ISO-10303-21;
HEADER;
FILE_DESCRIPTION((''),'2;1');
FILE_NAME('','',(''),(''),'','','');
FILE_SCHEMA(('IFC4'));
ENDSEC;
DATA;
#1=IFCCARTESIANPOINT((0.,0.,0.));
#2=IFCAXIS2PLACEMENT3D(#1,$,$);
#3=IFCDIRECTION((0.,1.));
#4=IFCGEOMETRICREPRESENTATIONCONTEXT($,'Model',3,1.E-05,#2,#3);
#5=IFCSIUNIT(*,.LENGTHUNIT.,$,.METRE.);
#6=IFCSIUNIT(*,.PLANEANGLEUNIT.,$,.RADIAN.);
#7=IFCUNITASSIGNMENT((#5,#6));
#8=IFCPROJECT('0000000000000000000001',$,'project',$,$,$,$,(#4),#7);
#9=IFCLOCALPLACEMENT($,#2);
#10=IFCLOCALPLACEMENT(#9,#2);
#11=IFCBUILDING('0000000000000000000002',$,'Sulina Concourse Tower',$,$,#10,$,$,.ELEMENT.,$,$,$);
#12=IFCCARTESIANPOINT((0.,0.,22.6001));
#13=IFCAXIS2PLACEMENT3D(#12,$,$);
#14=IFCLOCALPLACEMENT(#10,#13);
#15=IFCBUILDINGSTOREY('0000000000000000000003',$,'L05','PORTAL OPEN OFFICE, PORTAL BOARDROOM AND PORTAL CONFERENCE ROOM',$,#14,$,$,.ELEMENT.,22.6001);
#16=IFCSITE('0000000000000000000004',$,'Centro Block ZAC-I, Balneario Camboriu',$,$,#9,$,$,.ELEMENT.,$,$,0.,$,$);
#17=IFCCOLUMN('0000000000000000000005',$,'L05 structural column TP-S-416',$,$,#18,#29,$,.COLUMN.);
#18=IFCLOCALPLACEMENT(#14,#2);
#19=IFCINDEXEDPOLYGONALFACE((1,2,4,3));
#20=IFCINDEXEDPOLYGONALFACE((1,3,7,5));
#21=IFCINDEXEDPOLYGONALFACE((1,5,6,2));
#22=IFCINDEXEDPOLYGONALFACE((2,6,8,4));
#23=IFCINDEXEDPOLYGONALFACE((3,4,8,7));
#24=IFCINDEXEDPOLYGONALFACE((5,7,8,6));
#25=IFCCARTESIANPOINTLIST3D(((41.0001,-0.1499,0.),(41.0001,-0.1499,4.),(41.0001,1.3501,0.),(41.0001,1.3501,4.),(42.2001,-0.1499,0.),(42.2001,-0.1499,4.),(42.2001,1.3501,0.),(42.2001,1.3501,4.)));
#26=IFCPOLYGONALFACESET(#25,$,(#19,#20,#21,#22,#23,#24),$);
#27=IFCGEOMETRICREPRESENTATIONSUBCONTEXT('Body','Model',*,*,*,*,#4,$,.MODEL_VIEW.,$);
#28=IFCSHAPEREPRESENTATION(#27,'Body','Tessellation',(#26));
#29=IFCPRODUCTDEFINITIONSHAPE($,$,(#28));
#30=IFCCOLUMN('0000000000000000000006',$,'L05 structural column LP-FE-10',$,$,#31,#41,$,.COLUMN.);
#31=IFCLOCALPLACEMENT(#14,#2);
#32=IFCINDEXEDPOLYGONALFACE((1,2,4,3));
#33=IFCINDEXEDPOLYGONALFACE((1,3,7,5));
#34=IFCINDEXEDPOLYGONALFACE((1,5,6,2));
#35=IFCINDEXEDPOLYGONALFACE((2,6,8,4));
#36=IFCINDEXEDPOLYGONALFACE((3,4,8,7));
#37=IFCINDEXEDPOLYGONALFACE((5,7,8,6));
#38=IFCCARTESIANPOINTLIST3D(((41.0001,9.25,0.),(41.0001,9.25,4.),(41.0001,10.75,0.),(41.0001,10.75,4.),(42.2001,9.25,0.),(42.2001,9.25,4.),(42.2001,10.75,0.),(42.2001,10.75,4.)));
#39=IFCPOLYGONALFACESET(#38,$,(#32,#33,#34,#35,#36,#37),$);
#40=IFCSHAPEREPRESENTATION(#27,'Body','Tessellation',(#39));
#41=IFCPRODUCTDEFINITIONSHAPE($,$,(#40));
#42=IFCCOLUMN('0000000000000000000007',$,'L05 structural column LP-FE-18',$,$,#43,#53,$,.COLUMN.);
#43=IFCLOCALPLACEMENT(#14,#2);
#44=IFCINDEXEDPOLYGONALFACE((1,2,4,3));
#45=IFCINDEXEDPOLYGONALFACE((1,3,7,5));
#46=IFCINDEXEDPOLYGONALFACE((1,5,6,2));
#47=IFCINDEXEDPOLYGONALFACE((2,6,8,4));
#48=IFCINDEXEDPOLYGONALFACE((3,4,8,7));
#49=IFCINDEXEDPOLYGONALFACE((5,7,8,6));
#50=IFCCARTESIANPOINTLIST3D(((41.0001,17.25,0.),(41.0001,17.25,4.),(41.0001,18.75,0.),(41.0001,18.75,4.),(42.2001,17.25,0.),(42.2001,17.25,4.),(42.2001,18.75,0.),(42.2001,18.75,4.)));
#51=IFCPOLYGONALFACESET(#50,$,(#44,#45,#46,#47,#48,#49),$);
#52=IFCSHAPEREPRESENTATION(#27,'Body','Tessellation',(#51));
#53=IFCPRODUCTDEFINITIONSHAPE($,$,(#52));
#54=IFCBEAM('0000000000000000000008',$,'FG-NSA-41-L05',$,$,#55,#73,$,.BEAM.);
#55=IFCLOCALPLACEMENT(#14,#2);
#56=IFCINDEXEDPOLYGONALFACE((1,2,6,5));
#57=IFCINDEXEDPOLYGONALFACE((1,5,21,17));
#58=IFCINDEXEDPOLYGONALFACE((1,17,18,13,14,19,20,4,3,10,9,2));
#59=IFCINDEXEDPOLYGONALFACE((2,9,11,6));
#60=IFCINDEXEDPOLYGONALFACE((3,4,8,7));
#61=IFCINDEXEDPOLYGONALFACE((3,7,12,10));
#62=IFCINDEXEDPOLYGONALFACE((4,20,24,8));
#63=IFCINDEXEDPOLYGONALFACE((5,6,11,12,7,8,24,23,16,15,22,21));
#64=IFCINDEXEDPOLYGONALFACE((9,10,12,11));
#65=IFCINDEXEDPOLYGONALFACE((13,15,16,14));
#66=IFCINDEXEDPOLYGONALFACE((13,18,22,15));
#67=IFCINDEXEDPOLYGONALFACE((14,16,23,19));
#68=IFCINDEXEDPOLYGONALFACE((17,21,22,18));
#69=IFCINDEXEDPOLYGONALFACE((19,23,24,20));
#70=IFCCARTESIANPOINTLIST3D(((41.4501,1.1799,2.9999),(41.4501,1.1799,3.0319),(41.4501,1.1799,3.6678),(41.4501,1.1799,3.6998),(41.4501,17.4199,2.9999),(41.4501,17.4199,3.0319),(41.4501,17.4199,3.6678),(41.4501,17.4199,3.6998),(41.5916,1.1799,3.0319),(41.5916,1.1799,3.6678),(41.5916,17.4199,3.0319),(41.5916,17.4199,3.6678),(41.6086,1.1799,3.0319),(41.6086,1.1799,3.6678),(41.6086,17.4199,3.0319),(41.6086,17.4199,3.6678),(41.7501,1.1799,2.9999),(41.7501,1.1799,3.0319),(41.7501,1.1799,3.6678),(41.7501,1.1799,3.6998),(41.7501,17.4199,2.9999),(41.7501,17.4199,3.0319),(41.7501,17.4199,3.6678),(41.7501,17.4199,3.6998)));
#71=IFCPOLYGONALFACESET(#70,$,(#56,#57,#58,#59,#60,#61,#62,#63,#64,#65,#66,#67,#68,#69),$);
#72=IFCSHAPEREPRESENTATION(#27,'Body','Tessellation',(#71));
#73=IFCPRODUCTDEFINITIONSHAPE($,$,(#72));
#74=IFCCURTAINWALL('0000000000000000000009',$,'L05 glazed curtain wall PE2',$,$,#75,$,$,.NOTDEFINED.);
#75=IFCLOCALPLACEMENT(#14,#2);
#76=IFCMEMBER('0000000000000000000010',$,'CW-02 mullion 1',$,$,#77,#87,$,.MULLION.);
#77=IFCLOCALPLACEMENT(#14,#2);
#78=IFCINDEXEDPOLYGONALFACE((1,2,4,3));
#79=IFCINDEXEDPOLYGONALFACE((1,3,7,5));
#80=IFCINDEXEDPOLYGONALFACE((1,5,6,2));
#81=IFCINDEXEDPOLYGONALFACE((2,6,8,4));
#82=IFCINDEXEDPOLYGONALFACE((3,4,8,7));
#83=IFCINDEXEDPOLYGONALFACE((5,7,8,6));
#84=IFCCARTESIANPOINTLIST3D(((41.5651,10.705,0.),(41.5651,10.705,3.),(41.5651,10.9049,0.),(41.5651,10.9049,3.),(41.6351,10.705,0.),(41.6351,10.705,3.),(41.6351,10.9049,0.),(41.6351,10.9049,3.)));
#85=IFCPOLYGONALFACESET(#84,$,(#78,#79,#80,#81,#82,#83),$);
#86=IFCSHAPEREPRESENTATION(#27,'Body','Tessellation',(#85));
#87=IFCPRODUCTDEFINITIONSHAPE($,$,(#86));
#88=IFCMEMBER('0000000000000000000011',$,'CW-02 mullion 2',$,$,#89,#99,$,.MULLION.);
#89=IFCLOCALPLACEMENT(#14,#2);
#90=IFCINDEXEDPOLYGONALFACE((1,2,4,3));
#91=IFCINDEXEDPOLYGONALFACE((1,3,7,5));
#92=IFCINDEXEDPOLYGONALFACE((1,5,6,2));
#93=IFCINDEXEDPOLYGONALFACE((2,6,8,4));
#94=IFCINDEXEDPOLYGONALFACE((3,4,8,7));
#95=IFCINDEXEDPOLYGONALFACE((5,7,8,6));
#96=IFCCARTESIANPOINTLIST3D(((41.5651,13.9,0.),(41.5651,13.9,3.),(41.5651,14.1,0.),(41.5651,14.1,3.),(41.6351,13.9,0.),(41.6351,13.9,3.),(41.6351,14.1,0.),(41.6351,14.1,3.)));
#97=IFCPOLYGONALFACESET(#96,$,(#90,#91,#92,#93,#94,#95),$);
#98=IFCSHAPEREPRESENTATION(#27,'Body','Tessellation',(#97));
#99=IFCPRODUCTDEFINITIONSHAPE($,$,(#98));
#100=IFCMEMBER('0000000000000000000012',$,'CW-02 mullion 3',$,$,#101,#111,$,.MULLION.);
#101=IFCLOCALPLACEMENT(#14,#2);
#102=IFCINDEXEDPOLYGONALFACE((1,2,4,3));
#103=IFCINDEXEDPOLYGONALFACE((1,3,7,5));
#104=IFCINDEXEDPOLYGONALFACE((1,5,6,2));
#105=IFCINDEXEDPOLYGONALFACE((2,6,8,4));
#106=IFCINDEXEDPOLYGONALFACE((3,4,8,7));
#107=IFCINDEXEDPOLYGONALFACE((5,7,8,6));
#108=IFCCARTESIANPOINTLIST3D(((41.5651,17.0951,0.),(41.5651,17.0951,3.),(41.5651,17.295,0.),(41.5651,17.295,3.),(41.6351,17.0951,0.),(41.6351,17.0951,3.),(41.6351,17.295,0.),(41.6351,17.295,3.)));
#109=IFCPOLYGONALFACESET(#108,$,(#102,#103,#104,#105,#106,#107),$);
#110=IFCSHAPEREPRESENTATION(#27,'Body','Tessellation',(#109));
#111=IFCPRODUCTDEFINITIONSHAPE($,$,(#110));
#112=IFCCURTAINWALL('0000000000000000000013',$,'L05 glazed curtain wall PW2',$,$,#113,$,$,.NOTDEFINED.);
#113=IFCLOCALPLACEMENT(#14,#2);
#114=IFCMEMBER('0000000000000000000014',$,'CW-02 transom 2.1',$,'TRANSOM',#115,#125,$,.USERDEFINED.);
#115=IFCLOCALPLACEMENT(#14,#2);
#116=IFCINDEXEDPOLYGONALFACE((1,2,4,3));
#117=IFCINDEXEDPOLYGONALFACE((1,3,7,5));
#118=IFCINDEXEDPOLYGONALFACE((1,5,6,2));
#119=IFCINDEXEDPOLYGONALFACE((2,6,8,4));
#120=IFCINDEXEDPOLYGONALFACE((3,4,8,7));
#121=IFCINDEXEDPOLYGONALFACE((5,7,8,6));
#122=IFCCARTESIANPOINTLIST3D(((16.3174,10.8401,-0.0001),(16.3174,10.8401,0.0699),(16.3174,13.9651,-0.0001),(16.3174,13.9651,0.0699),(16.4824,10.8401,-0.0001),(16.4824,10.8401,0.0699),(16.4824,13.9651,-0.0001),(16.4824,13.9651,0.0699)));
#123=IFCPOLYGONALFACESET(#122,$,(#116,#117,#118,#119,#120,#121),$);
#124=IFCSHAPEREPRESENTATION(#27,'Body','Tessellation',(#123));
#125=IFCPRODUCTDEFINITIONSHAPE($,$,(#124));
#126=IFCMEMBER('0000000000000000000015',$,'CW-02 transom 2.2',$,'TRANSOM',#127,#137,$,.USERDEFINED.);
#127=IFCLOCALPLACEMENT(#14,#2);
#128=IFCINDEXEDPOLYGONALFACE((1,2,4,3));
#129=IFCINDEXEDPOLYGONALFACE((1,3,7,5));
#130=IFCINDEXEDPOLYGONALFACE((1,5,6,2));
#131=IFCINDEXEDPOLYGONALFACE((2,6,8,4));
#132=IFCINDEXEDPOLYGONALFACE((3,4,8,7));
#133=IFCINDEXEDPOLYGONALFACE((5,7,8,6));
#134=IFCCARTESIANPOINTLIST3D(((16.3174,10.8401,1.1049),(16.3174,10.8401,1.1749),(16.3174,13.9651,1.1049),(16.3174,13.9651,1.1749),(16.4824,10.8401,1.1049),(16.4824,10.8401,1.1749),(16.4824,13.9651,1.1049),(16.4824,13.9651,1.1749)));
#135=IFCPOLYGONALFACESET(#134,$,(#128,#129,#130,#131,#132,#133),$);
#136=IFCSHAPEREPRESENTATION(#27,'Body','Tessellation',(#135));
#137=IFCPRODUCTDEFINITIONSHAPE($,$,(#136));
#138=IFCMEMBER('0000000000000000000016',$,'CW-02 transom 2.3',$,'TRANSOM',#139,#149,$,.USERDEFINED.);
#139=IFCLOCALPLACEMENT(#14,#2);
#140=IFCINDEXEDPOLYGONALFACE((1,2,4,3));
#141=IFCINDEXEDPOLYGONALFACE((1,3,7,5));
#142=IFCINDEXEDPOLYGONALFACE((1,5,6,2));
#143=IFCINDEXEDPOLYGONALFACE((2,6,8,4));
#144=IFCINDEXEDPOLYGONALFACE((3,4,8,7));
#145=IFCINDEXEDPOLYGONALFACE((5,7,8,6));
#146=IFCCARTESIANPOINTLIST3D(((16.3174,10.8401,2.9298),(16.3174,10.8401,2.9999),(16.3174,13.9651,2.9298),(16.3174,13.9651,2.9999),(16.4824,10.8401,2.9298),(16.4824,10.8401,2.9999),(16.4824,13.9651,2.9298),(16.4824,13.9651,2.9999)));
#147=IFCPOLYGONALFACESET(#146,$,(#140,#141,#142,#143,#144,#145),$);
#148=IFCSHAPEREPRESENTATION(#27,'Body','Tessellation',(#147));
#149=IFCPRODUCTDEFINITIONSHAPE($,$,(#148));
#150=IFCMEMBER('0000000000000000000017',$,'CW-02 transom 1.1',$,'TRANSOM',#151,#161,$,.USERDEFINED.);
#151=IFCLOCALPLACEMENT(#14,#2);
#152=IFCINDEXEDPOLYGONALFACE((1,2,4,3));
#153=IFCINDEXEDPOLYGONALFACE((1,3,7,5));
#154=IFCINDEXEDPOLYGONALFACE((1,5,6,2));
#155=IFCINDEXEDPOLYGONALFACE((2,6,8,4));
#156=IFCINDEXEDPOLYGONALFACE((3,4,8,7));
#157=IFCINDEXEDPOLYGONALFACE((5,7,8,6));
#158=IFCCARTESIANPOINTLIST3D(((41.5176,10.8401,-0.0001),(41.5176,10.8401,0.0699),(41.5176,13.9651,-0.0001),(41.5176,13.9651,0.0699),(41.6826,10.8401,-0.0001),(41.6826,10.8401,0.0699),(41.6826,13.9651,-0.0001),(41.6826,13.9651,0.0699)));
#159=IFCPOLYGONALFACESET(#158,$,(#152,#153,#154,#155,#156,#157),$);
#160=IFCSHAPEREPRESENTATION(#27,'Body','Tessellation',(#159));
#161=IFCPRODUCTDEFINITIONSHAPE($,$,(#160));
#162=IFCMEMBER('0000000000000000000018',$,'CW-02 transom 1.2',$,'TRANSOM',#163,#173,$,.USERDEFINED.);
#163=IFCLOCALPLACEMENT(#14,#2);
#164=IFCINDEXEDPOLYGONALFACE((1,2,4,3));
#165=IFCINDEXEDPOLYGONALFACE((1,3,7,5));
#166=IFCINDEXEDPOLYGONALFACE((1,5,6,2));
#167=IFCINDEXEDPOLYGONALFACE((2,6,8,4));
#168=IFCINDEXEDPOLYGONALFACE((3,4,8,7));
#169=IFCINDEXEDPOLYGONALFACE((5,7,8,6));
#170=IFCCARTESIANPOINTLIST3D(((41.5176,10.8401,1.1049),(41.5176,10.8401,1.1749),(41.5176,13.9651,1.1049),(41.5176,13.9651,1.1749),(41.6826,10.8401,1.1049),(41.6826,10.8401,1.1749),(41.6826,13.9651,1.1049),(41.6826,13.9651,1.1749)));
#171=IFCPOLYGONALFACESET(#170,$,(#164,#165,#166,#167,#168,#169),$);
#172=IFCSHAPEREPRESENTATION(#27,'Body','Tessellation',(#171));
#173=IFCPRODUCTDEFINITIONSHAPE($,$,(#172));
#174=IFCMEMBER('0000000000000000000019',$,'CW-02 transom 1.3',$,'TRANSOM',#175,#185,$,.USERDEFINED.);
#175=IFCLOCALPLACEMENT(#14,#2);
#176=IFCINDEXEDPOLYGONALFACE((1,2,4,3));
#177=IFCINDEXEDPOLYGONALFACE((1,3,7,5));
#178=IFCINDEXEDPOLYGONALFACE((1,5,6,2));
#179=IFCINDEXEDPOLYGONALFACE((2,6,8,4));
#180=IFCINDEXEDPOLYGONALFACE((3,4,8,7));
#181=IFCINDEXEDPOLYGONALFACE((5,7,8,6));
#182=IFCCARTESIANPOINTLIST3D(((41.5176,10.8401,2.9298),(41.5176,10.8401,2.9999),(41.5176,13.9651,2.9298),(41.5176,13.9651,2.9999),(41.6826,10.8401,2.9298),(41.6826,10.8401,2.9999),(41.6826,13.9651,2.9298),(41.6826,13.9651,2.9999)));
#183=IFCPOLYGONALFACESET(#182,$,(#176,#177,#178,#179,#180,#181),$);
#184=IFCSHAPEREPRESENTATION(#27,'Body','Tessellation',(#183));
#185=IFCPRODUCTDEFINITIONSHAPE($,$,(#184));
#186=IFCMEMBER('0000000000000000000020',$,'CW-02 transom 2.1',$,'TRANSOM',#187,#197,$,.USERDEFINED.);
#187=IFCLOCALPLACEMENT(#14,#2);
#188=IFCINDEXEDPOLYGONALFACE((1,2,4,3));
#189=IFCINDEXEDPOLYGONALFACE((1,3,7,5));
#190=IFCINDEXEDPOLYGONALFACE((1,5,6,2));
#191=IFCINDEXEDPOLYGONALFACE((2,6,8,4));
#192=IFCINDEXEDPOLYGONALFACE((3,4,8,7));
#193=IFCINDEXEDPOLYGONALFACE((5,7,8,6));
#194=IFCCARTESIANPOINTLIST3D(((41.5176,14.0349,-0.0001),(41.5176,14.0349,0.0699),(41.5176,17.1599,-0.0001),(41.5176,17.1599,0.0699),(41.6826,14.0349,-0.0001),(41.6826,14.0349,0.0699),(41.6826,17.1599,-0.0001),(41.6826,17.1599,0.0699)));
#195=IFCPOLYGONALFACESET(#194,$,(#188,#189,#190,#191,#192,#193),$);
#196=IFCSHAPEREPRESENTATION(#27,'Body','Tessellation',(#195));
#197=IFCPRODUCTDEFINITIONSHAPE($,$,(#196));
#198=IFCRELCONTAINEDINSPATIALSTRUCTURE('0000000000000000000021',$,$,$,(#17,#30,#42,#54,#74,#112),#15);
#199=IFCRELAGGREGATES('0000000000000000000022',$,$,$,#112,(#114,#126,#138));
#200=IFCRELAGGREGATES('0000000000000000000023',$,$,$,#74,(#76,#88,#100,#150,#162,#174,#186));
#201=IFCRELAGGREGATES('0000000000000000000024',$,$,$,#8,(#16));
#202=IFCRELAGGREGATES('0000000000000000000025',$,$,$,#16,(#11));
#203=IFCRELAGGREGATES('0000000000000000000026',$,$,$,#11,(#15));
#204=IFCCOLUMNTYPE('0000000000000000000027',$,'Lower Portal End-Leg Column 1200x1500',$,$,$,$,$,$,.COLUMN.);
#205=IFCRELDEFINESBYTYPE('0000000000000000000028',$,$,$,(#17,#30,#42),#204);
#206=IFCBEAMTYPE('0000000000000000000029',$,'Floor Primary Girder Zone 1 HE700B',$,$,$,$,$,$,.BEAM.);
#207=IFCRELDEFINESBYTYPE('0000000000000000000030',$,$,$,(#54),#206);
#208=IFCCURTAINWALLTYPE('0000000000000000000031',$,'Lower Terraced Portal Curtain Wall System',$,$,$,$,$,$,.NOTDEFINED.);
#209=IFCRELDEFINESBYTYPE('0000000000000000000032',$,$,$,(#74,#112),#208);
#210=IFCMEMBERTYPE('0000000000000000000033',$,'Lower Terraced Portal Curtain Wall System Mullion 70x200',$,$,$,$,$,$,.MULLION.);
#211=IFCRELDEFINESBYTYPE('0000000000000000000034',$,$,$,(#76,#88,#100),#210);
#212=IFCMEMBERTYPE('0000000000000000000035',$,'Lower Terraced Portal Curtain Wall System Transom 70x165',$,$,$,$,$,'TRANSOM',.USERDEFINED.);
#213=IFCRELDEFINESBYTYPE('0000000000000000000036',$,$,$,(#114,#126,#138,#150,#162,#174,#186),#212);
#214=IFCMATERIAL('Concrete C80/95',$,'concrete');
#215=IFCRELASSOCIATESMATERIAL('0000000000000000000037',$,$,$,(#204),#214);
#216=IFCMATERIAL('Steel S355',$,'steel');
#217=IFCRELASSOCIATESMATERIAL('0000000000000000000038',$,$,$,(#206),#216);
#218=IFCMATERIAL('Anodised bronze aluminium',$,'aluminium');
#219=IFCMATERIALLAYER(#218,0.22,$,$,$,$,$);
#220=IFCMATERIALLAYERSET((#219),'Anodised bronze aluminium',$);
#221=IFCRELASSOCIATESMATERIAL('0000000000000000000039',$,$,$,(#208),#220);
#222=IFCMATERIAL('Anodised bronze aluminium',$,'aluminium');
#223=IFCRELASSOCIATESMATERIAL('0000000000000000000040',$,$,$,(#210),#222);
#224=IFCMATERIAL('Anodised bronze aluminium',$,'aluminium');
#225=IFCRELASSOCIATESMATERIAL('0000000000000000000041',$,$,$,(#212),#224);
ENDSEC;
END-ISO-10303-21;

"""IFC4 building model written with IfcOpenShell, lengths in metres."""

from ifc_helpers import new_model, si_unit, direction, frame, origin, origin_2d, place, context, subcontext, project, spatial, rectangle, i_section, extrude, material, layer, layer_set, material_profile, profile_set, type_object, element, aggregate, save


model = new_model("IFC4")

# Units and contexts
model_context = context("Model", 3, precision=1e-05, world=origin(), true_north=direction((0.0, 1.0)))
body_context = subcontext(model_context, "Body", "Model", "MODEL_VIEW")
ifc_project = project(units=[si_unit("LENGTHUNIT", "METRE"), si_unit("PLANEANGLEUNIT", "RADIAN")], contexts=[model_context])

# Site, building, storey
site_placement = place(None, origin())
site = spatial("IfcSite", under=ifc_project, at=site_placement, Name="Centro Block ZAC-I, Balneario Camboriu", CompositionType="ELEMENT", RefElevation=0.0)
building_placement = place(site_placement, origin())
building = spatial("IfcBuilding", under=site, at=building_placement, Name="Sulina Concourse Tower", CompositionType="ELEMENT")
storey_placement = place(building_placement, frame((0.0, 0.0, 22.6001)))
storey = spatial("IfcBuildingStorey", under=building, at=storey_placement, Name="L05", Description="PORTAL OPEN OFFICE, PORTAL BOARDROOM AND PORTAL CONFERENCE ROOM", CompositionType="ELEMENT", Elevation=22.6001)

# Columns
ifc_material_1 = material(Name="Concrete C80/95", Category="concrete")
ifc_material_profile_1 = material_profile(ifc_material_1, rectangle(XDim=1.2, YDim=1.5, at=origin_2d()), Name="RC 1200x1500")
ifc_profile_set_1 = profile_set([ifc_material_profile_1], Name="Concrete C80/95")
column_type = type_object("IfcColumnType", Name="Lower Portal End-Leg Column 1200x1500", PredefinedType="COLUMN", material=ifc_profile_set_1)
for number, where, z_axis, x_axis, name in (
    (1, (41.6001, 0.6001, 0.0), (0.0, 0.0, 1.0), (1.0, 0.0, 0.0), "L05 structural column TP-S-416"),
    (2, (41.6001, 10.0, 0.0), (0.0, 0.0, 1.0), (1.0, 0.0, 0.0), "L05 structural column LP-FE-10"),
    (3, (41.6001, 18.0, 0.0), (0.0, 0.0, 1.0), (1.0, 0.0, 0.0), "L05 structural column LP-FE-18"),
):
    element("IfcColumn", number, at=place(storey_placement, frame(where, z_axis=z_axis, x_axis=x_axis)), inside=storey, type_object=column_type, Name=name, PredefinedType="COLUMN", context=body_context, shape_type="SweptSolid", body=[
        extrude(rectangle(XDim=1.2, YDim=1.5, at=origin_2d()), origin(), (0.0, 0.0, 1.0), 4.0),
    ])

# Beam
ifc_material_2 = material(Name="Steel S355", Category="steel")
ifc_material_profile_2 = material_profile(ifc_material_2, i_section(OverallWidth=0.3, OverallDepth=0.7, WebThickness=0.0171, FlangeThickness=0.032, at=origin_2d()), Name="HE 700 B")
ifc_profile_set_2 = profile_set([ifc_material_profile_2], Name="Steel S355")
beam_type = type_object("IfcBeamType", Name="Floor Primary Girder Zone 1 HE700B", PredefinedType="BEAM", material=ifc_profile_set_2)
beam_placement = place(storey_placement, frame((41.6001, 1.1799, 3.3499), z_axis=(0.0, 1.0, 0.0), x_axis=(-1.0, 0.0, 0.0)))
element("IfcBeam", 4, at=beam_placement, inside=storey, type_object=beam_type, Name="FG-NSA-41-L05", PredefinedType="BEAM", context=body_context, shape_type="SweptSolid", body=[
    extrude(i_section(OverallWidth=0.3, OverallDepth=0.7, WebThickness=0.0171, FlangeThickness=0.032, at=origin_2d()), origin(), (0.0, 0.0, 1.0), 16.24),
])

# Curtain walls, members
ifc_material_3 = material(Name="Anodised bronze aluminium", Category="aluminium")
ifc_layer_1 = layer(ifc_material_3, 0.22)
ifc_layer_set_1 = layer_set([ifc_layer_1], Name="Anodised bronze aluminium")
curtain_wall_type = type_object("IfcCurtainWallType", Name="Lower Terraced Portal Curtain Wall System", PredefinedType="NOTDEFINED", material=ifc_layer_set_1)
curtain_wall_1_placement = place(storey_placement, origin())
curtain_wall_1 = element("IfcCurtainWall", 5, at=curtain_wall_1_placement, inside=storey, type_object=curtain_wall_type, Name="L05 glazed curtain wall PE2", PredefinedType="NOTDEFINED")
ifc_material_4 = material(Name="Anodised bronze aluminium", Category="aluminium")
ifc_material_profile_3 = material_profile(ifc_material_4, rectangle(XDim=0.0701, YDim=0.2, at=origin_2d()), Name="MUL 70x200")
ifc_profile_set_3 = profile_set([ifc_material_profile_3], Name="Anodised bronze aluminium")
member_type_1 = type_object("IfcMemberType", Name="Lower Terraced Portal Curtain Wall System Mullion 70x200", PredefinedType="MULLION", material=ifc_profile_set_3)
member_1_placement = place(storey_placement, frame((41.6001, 10.8049, 0.0), z_axis=(0.0, 0.0, 1.0), x_axis=(-1.0, 0.0, 0.0)))
member_1 = element("IfcMember", 6, at=member_1_placement, type_object=member_type_1, Name="CW-02 mullion 1", PredefinedType="MULLION", context=body_context, shape_type="SweptSolid", body=[
    extrude(rectangle(XDim=0.0701, YDim=0.2, at=origin_2d()), origin(), (0.0, 0.0, 1.0), 3.0),
])
member_2_placement = place(storey_placement, frame((41.6001, 14.0, 0.0), z_axis=(0.0, 0.0, 1.0), x_axis=(-1.0, 0.0, 0.0)))
member_2 = element("IfcMember", 7, at=member_2_placement, type_object=member_type_1, Name="CW-02 mullion 2", PredefinedType="MULLION", context=body_context, shape_type="SweptSolid", body=[
    extrude(rectangle(XDim=0.0701, YDim=0.2, at=origin_2d()), origin(), (0.0, 0.0, 1.0), 3.0),
])
member_3_placement = place(storey_placement, frame((41.6001, 17.1951, 0.0), z_axis=(0.0, 0.0, 1.0), x_axis=(-1.0, 0.0, 0.0)))
member_3 = element("IfcMember", 8, at=member_3_placement, type_object=member_type_1, Name="CW-02 mullion 3", PredefinedType="MULLION", context=body_context, shape_type="SweptSolid", body=[
    extrude(rectangle(XDim=0.0701, YDim=0.2, at=origin_2d()), origin(), (0.0, 0.0, 1.0), 3.0),
])
curtain_wall_2_placement = place(storey_placement, origin())
curtain_wall_2 = element("IfcCurtainWall", 9, at=curtain_wall_2_placement, inside=storey, type_object=curtain_wall_type, Name="L05 glazed curtain wall PW2", PredefinedType="NOTDEFINED")
ifc_material_5 = material(Name="Anodised bronze aluminium", Category="aluminium")
ifc_material_profile_4 = material_profile(ifc_material_5, rectangle(XDim=0.165, YDim=0.0701, at=origin_2d()), Name="TRN 70x165")
ifc_profile_set_4 = profile_set([ifc_material_profile_4], Name="Anodised bronze aluminium")
member_type_2 = type_object("IfcMemberType", Name="Lower Terraced Portal Curtain Wall System Transom 70x165", ElementType="TRANSOM", PredefinedType="USERDEFINED", material=ifc_profile_set_4)
member_4_placement = place(storey_placement, frame((16.3999, 13.9651, 0.0349), z_axis=(0.0, -1.0, 0.0), x_axis=(1.0, 0.0, 0.0)))
member_4 = element("IfcMember", 10, at=member_4_placement, type_object=member_type_2, Name="CW-02 transom 2.1", ObjectType="TRANSOM", PredefinedType="USERDEFINED", context=body_context, shape_type="SweptSolid", body=[
    extrude(rectangle(XDim=0.165, YDim=0.0701, at=origin_2d()), origin(), (0.0, 0.0, 1.0), 3.125),
])
member_5_placement = place(storey_placement, frame((16.3999, 13.9651, 1.1399), z_axis=(0.0, -1.0, 0.0), x_axis=(1.0, 0.0, 0.0)))
member_5 = element("IfcMember", 11, at=member_5_placement, type_object=member_type_2, Name="CW-02 transom 2.2", ObjectType="TRANSOM", PredefinedType="USERDEFINED", context=body_context, shape_type="SweptSolid", body=[
    extrude(rectangle(XDim=0.165, YDim=0.0701, at=origin_2d()), origin(), (0.0, 0.0, 1.0), 3.125),
])
member_6_placement = place(storey_placement, frame((16.3999, 13.9651, 2.9648), z_axis=(0.0, -1.0, 0.0), x_axis=(1.0, 0.0, 0.0)))
member_6 = element("IfcMember", 12, at=member_6_placement, type_object=member_type_2, Name="CW-02 transom 2.3", ObjectType="TRANSOM", PredefinedType="USERDEFINED", context=body_context, shape_type="SweptSolid", body=[
    extrude(rectangle(XDim=0.165, YDim=0.0701, at=origin_2d()), origin(), (0.0, 0.0, 1.0), 3.125),
])

# Members
member_7_placement = place(storey_placement, frame((41.6001, 10.8401, 0.0349), z_axis=(0.0, 1.0, 0.0), x_axis=(-1.0, 0.0, 0.0)))
member_7 = element("IfcMember", 13, at=member_7_placement, type_object=member_type_2, Name="CW-02 transom 1.1", ObjectType="TRANSOM", PredefinedType="USERDEFINED", context=body_context, shape_type="SweptSolid", body=[
    extrude(rectangle(XDim=0.165, YDim=0.0701, at=origin_2d()), origin(), (0.0, 0.0, 1.0), 3.125),
])
member_8_placement = place(storey_placement, frame((41.6001, 10.8401, 1.1399), z_axis=(0.0, 1.0, 0.0), x_axis=(-1.0, 0.0, 0.0)))
member_8 = element("IfcMember", 14, at=member_8_placement, type_object=member_type_2, Name="CW-02 transom 1.2", ObjectType="TRANSOM", PredefinedType="USERDEFINED", context=body_context, shape_type="SweptSolid", body=[
    extrude(rectangle(XDim=0.165, YDim=0.0701, at=origin_2d()), origin(), (0.0, 0.0, 1.0), 3.125),
])
member_9_placement = place(storey_placement, frame((41.6001, 10.8401, 2.9648), z_axis=(0.0, 1.0, 0.0), x_axis=(-1.0, 0.0, 0.0)))
member_9 = element("IfcMember", 15, at=member_9_placement, type_object=member_type_2, Name="CW-02 transom 1.3", ObjectType="TRANSOM", PredefinedType="USERDEFINED", context=body_context, shape_type="SweptSolid", body=[
    extrude(rectangle(XDim=0.165, YDim=0.0701, at=origin_2d()), origin(), (0.0, 0.0, 1.0), 3.125),
])
member_10_placement = place(storey_placement, frame((41.6001, 14.0349, 0.0349), z_axis=(0.0, 1.0, 0.0), x_axis=(-1.0, 0.0, 0.0)))
member_10 = element("IfcMember", 16, at=member_10_placement, type_object=member_type_2, Name="CW-02 transom 2.1", ObjectType="TRANSOM", PredefinedType="USERDEFINED", context=body_context, shape_type="SweptSolid", body=[
    extrude(rectangle(XDim=0.165, YDim=0.0701, at=origin_2d()), origin(), (0.0, 0.0, 1.0), 3.125),
])

aggregate(curtain_wall_2, [member_4, member_5, member_6])
aggregate(curtain_wall_1, [member_1, member_2, member_3, member_7, member_8, member_9, member_10])

save(model, "model.ifc")
